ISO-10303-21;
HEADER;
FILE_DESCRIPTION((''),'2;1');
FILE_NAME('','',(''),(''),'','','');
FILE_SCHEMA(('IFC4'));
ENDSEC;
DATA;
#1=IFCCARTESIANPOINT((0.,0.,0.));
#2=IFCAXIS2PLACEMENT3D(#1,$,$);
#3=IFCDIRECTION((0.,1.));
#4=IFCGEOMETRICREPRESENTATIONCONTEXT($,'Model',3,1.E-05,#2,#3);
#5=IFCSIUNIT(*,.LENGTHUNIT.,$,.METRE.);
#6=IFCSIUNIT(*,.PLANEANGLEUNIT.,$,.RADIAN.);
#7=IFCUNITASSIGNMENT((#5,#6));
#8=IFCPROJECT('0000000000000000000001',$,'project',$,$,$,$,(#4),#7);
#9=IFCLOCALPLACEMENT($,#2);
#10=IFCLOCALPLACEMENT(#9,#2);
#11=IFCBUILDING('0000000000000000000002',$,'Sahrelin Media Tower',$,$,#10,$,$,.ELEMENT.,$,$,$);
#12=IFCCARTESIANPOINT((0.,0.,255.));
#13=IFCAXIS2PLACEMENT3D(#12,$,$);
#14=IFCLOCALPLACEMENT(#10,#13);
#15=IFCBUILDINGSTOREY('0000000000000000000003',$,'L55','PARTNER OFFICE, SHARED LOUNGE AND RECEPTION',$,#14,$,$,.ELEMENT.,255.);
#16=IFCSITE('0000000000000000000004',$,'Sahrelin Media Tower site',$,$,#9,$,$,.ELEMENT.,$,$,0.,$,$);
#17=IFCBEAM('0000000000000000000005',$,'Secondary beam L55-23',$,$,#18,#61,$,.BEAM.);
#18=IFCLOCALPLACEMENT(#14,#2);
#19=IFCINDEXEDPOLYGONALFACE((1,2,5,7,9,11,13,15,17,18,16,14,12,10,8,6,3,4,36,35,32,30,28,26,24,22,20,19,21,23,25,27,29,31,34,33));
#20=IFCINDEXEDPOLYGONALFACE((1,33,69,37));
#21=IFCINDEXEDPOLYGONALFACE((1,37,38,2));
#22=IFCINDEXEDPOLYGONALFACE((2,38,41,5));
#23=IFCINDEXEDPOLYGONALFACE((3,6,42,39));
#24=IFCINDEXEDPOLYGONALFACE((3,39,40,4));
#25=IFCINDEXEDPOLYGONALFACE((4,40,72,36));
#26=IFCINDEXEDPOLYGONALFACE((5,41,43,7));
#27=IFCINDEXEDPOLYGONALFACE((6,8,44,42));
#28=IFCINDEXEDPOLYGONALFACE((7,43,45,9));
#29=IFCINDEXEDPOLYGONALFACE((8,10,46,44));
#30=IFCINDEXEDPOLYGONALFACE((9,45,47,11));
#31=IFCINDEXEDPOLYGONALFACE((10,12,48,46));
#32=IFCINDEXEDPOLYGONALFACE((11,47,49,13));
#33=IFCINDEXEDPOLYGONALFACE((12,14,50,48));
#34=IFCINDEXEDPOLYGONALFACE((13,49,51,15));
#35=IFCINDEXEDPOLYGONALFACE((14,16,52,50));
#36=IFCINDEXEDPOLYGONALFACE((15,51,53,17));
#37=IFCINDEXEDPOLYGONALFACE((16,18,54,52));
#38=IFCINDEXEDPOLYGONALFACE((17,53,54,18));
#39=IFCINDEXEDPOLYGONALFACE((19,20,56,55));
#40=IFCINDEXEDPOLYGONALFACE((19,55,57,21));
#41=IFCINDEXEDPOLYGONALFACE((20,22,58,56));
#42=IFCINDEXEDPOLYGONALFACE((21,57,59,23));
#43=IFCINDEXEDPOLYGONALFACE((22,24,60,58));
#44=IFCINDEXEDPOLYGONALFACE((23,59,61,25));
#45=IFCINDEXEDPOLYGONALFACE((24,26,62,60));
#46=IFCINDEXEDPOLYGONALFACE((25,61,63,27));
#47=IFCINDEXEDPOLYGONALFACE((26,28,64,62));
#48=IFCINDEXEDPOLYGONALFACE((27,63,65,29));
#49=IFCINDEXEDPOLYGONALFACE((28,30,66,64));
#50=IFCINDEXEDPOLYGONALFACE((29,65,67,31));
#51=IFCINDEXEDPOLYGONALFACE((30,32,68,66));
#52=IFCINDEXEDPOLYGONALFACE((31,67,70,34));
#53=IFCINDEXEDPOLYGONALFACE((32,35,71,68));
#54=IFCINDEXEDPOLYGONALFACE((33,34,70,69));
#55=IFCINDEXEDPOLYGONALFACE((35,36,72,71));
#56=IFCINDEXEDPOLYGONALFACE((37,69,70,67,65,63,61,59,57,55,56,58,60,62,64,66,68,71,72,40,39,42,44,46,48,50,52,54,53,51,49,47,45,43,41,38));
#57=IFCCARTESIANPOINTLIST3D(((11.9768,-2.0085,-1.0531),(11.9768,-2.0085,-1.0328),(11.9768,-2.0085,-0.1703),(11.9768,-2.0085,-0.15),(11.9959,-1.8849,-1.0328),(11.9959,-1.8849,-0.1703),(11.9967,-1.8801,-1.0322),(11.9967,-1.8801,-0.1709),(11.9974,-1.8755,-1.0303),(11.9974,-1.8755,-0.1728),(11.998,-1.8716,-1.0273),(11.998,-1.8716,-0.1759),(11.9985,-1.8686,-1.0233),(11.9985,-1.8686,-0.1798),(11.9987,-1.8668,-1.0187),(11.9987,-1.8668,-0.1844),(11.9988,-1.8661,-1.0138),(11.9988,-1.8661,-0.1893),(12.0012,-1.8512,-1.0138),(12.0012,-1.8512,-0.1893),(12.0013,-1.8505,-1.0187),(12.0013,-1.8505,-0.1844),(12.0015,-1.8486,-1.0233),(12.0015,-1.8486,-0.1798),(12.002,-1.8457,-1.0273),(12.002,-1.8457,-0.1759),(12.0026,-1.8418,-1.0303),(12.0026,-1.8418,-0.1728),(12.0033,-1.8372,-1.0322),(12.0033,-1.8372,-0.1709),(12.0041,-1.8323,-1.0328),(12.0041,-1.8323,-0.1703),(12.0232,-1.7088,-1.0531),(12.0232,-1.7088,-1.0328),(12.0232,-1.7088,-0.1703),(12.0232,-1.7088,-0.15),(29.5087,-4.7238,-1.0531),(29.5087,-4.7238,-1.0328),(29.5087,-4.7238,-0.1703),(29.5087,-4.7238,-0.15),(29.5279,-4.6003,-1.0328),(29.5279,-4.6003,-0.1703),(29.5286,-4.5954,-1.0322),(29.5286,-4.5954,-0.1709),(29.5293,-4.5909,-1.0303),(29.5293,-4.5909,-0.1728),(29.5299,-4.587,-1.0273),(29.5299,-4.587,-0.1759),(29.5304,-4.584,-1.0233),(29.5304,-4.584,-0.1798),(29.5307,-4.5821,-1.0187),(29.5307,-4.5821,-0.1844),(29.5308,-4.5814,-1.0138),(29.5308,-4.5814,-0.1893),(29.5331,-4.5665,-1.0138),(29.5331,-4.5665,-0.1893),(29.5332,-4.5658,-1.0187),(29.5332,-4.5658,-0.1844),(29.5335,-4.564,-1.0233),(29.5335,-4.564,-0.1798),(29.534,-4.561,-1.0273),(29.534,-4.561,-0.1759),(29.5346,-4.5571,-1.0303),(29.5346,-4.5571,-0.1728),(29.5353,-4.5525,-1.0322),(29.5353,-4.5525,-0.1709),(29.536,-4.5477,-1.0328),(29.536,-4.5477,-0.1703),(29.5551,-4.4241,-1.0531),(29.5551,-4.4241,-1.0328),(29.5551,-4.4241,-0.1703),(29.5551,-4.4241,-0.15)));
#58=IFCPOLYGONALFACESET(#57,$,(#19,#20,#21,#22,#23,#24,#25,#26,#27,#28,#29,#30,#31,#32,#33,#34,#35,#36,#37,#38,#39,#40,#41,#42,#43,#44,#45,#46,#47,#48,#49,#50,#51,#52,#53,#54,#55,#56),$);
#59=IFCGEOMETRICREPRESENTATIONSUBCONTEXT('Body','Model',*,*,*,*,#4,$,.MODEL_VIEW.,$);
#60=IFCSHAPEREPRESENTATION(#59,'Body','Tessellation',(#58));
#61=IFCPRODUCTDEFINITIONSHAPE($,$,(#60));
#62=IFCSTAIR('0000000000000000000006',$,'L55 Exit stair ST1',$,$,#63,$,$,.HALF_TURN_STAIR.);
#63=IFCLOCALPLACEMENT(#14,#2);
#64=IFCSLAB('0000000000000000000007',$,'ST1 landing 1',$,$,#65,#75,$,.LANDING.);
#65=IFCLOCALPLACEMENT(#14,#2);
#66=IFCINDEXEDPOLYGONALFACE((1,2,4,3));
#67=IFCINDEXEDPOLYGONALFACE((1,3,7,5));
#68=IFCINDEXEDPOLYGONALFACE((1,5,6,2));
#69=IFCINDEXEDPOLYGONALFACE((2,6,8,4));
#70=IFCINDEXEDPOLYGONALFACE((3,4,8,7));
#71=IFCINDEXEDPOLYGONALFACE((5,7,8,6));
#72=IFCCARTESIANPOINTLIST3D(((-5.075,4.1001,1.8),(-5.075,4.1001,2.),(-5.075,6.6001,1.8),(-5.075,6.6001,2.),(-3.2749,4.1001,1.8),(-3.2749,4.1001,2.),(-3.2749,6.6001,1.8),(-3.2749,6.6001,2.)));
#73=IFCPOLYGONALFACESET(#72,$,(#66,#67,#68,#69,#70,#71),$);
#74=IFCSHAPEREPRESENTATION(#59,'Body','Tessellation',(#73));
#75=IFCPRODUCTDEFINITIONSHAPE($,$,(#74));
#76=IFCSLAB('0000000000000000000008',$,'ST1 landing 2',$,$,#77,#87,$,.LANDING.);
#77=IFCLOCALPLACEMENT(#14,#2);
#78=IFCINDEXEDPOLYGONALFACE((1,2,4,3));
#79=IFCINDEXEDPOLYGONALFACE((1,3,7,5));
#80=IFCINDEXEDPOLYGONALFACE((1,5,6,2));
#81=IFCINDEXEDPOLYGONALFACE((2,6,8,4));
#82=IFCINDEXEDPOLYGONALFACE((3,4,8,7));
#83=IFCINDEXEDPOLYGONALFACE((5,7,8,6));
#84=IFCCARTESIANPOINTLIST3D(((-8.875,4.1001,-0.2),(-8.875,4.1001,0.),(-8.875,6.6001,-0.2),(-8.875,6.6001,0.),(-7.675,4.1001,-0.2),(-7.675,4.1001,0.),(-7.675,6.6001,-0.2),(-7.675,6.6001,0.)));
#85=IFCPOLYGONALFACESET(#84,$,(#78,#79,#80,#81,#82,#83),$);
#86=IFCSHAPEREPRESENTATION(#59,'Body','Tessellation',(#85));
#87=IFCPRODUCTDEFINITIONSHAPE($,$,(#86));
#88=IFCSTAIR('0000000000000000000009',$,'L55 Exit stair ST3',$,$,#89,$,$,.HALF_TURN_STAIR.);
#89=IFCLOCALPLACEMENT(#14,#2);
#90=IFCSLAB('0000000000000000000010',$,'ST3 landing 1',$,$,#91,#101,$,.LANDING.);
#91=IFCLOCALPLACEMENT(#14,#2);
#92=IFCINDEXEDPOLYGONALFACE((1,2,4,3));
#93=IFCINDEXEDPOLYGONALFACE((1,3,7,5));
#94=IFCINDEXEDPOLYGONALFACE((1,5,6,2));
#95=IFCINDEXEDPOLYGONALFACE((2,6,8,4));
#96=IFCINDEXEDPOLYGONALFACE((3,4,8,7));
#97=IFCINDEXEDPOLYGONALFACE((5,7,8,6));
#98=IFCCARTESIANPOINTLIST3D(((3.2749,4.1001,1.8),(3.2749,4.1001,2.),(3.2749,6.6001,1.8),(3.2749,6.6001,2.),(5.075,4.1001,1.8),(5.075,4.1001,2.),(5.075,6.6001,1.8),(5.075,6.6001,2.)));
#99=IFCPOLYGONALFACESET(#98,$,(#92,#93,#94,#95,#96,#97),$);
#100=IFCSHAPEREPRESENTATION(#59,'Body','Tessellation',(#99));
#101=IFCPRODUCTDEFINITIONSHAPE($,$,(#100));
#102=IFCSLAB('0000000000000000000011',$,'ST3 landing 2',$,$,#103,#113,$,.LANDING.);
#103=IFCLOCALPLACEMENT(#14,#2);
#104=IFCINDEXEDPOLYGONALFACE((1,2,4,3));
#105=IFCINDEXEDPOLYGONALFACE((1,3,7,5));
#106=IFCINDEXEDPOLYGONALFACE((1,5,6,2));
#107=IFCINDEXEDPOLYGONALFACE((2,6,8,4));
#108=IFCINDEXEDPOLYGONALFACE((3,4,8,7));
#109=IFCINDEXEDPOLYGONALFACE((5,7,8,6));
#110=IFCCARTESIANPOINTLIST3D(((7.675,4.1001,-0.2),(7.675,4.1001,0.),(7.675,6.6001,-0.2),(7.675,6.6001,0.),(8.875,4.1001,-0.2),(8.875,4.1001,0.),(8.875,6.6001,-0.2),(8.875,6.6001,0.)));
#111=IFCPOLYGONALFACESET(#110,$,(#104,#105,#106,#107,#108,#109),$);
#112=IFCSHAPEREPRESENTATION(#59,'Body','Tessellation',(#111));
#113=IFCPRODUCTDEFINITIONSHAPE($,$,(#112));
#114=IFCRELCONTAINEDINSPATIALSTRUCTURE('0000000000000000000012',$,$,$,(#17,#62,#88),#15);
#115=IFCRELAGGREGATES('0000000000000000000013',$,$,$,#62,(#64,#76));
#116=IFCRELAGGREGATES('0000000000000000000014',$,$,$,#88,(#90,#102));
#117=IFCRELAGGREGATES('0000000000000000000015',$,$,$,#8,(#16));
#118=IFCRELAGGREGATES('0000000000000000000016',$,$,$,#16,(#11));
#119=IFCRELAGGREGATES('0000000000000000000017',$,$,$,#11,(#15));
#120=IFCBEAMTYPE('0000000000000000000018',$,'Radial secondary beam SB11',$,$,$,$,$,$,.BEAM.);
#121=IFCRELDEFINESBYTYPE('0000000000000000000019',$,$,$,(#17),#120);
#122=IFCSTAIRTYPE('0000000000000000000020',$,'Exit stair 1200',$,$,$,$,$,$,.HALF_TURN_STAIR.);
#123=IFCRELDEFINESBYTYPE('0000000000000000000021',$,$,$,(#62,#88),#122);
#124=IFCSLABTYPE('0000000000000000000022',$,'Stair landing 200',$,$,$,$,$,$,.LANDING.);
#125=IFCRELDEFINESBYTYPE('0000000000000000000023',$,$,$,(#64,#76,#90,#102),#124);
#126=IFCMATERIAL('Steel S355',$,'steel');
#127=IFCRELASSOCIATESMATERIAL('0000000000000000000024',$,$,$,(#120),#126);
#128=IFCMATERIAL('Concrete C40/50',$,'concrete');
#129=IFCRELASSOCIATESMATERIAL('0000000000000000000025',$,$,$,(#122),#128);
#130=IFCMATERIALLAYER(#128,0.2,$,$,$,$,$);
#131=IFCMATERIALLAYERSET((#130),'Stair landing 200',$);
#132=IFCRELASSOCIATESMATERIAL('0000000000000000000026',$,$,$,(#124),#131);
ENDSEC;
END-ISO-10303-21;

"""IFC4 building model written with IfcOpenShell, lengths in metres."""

from ifc_helpers import new_model, si_unit, direction, frame, origin, origin_2d, place, context, subcontext, project, spatial, polyline, i_section, outline, extrude, material, layer, layer_set, material_profile, profile_set, type_object, element, aggregate, save


model = new_model("IFC4")

# Units and contexts
model_context = context("Model", 3, precision=1e-05, world=origin(), true_north=direction((0.0, 1.0)))
body_context = subcontext(model_context, "Body", "Model", "MODEL_VIEW")
ifc_project = project(units=[si_unit("LENGTHUNIT", "METRE"), si_unit("PLANEANGLEUNIT", "RADIAN")], contexts=[model_context])

# Site, building, storey
site_placement = place(None, origin())
site = spatial("IfcSite", under=ifc_project, at=site_placement, Name="Sahrelin Media Tower site", CompositionType="ELEMENT", RefElevation=0.0)
building_placement = place(site_placement, origin())
building = spatial("IfcBuilding", under=site, at=building_placement, Name="Sahrelin Media Tower", CompositionType="ELEMENT")
storey_placement = place(building_placement, frame((0.0, 0.0, 255.0)))
storey = spatial("IfcBuildingStorey", under=building, at=storey_placement, Name="L55", Description="PARTNER OFFICE, SHARED LOUNGE AND RECEPTION", CompositionType="ELEMENT", Elevation=255.0)

# Beam
ifc_material_1 = material(Name="Steel S355", Category="steel")
ifc_material_profile_1 = material_profile(ifc_material_1, i_section(OverallWidth=0.3032, OverallDepth=0.9031, WebThickness=0.0151, FlangeThickness=0.0203, FilletRadius=0.019, at=origin_2d()), Name="UB 914x305x201")
ifc_profile_set_1 = profile_set([ifc_material_profile_1], Name="Steel S355")
beam_type_1 = type_object("IfcBeamType", Name="Radial secondary beam SB11", PredefinedType="BEAM", material=ifc_profile_set_1)
beam_1_placement = place(storey_placement, frame((12.0, -1.8586, -0.6016), z_axis=(0.988218, -0.153054, 0.0), x_axis=(0.153054, 0.988218, 0.0)))
element("IfcBeam", 1, at=beam_1_placement, inside=storey, type_object=beam_type_1, Name="Secondary beam L55-23", PredefinedType="BEAM", context=body_context, shape_type="SweptSolid", body=[
    extrude(i_section(OverallWidth=0.3032, OverallDepth=0.9031, WebThickness=0.0151, FlangeThickness=0.0203, FilletRadius=0.019, at=origin_2d()), origin(), (0.0, 0.0, 1.0), 17.741),
])

# Stairs, slabs
ifc_material_2 = material(Name="Concrete C40/50", Category="concrete")
stair_type = type_object("IfcStairType", Name="Exit stair 1200", PredefinedType="HALF_TURN_STAIR", material=ifc_material_2)
placement_1 = place(storey_placement, origin())
stair_1 = element("IfcStair", 2, at=placement_1, inside=storey, type_object=stair_type, Name="L55 Exit stair ST1", PredefinedType="HALF_TURN_STAIR")
ifc_layer_1 = layer(ifc_material_2, 0.2)
ifc_layer_set_1 = layer_set([ifc_layer_1], Name="Stair landing 200")
slab_type = type_object("IfcSlabType", Name="Stair landing 200", PredefinedType="LANDING", material=ifc_layer_set_1)
placement_2 = place(storey_placement, frame((0.0, 0.0, 1.8)))
slab_1 = element("IfcSlab", 3, at=placement_2, type_object=slab_type, Name="ST1 landing 1", PredefinedType="LANDING", context=body_context, shape_type="SweptSolid", body=[
    extrude(outline(polyline([(-5.075, 4.1001), (-3.2749, 4.1001), (-3.2749, 6.6001), (-5.075, 6.6001), (-5.075, 4.1001)])), origin(), (0.0, 0.0, 1.0), 0.2),
])
placement_3 = place(storey_placement, frame((0.0, 0.0, -0.2)))
slab_2 = element("IfcSlab", 4, at=placement_3, type_object=slab_type, Name="ST1 landing 2", PredefinedType="LANDING", context=body_context, shape_type="SweptSolid", body=[
    extrude(outline(polyline([(-8.875, 4.1001), (-7.675, 4.1001), (-7.675, 6.6001), (-8.875, 6.6001), (-8.875, 4.1001)])), origin(), (0.0, 0.0, 1.0), 0.2),
])
aggregate(stair_1, [slab_1, slab_2])
stair_2 = element("IfcStair", 5, at=placement_1, inside=storey, type_object=stair_type, Name="L55 Exit stair ST3", PredefinedType="HALF_TURN_STAIR")
slab_3 = element("IfcSlab", 6, at=placement_2, type_object=slab_type, Name="ST3 landing 1", PredefinedType="LANDING", context=body_context, shape_type="SweptSolid", body=[
    extrude(outline(polyline([(5.075, 6.6001), (3.2749, 6.6001), (3.2749, 4.1001), (5.075, 4.1001), (5.075, 6.6001)])), origin(), (0.0, 0.0, 1.0), 0.2),
])
slab_4 = element("IfcSlab", 7, at=placement_3, type_object=slab_type, Name="ST3 landing 2", PredefinedType="LANDING", context=body_context, shape_type="SweptSolid", body=[
    extrude(outline(polyline([(8.875, 6.6001), (7.675, 6.6001), (7.675, 4.1001), (8.875, 4.1001), (8.875, 6.6001)])), origin(), (0.0, 0.0, 1.0), 0.2),
])
aggregate(stair_2, [slab_3, slab_4])

save(model, "model.ifc")
